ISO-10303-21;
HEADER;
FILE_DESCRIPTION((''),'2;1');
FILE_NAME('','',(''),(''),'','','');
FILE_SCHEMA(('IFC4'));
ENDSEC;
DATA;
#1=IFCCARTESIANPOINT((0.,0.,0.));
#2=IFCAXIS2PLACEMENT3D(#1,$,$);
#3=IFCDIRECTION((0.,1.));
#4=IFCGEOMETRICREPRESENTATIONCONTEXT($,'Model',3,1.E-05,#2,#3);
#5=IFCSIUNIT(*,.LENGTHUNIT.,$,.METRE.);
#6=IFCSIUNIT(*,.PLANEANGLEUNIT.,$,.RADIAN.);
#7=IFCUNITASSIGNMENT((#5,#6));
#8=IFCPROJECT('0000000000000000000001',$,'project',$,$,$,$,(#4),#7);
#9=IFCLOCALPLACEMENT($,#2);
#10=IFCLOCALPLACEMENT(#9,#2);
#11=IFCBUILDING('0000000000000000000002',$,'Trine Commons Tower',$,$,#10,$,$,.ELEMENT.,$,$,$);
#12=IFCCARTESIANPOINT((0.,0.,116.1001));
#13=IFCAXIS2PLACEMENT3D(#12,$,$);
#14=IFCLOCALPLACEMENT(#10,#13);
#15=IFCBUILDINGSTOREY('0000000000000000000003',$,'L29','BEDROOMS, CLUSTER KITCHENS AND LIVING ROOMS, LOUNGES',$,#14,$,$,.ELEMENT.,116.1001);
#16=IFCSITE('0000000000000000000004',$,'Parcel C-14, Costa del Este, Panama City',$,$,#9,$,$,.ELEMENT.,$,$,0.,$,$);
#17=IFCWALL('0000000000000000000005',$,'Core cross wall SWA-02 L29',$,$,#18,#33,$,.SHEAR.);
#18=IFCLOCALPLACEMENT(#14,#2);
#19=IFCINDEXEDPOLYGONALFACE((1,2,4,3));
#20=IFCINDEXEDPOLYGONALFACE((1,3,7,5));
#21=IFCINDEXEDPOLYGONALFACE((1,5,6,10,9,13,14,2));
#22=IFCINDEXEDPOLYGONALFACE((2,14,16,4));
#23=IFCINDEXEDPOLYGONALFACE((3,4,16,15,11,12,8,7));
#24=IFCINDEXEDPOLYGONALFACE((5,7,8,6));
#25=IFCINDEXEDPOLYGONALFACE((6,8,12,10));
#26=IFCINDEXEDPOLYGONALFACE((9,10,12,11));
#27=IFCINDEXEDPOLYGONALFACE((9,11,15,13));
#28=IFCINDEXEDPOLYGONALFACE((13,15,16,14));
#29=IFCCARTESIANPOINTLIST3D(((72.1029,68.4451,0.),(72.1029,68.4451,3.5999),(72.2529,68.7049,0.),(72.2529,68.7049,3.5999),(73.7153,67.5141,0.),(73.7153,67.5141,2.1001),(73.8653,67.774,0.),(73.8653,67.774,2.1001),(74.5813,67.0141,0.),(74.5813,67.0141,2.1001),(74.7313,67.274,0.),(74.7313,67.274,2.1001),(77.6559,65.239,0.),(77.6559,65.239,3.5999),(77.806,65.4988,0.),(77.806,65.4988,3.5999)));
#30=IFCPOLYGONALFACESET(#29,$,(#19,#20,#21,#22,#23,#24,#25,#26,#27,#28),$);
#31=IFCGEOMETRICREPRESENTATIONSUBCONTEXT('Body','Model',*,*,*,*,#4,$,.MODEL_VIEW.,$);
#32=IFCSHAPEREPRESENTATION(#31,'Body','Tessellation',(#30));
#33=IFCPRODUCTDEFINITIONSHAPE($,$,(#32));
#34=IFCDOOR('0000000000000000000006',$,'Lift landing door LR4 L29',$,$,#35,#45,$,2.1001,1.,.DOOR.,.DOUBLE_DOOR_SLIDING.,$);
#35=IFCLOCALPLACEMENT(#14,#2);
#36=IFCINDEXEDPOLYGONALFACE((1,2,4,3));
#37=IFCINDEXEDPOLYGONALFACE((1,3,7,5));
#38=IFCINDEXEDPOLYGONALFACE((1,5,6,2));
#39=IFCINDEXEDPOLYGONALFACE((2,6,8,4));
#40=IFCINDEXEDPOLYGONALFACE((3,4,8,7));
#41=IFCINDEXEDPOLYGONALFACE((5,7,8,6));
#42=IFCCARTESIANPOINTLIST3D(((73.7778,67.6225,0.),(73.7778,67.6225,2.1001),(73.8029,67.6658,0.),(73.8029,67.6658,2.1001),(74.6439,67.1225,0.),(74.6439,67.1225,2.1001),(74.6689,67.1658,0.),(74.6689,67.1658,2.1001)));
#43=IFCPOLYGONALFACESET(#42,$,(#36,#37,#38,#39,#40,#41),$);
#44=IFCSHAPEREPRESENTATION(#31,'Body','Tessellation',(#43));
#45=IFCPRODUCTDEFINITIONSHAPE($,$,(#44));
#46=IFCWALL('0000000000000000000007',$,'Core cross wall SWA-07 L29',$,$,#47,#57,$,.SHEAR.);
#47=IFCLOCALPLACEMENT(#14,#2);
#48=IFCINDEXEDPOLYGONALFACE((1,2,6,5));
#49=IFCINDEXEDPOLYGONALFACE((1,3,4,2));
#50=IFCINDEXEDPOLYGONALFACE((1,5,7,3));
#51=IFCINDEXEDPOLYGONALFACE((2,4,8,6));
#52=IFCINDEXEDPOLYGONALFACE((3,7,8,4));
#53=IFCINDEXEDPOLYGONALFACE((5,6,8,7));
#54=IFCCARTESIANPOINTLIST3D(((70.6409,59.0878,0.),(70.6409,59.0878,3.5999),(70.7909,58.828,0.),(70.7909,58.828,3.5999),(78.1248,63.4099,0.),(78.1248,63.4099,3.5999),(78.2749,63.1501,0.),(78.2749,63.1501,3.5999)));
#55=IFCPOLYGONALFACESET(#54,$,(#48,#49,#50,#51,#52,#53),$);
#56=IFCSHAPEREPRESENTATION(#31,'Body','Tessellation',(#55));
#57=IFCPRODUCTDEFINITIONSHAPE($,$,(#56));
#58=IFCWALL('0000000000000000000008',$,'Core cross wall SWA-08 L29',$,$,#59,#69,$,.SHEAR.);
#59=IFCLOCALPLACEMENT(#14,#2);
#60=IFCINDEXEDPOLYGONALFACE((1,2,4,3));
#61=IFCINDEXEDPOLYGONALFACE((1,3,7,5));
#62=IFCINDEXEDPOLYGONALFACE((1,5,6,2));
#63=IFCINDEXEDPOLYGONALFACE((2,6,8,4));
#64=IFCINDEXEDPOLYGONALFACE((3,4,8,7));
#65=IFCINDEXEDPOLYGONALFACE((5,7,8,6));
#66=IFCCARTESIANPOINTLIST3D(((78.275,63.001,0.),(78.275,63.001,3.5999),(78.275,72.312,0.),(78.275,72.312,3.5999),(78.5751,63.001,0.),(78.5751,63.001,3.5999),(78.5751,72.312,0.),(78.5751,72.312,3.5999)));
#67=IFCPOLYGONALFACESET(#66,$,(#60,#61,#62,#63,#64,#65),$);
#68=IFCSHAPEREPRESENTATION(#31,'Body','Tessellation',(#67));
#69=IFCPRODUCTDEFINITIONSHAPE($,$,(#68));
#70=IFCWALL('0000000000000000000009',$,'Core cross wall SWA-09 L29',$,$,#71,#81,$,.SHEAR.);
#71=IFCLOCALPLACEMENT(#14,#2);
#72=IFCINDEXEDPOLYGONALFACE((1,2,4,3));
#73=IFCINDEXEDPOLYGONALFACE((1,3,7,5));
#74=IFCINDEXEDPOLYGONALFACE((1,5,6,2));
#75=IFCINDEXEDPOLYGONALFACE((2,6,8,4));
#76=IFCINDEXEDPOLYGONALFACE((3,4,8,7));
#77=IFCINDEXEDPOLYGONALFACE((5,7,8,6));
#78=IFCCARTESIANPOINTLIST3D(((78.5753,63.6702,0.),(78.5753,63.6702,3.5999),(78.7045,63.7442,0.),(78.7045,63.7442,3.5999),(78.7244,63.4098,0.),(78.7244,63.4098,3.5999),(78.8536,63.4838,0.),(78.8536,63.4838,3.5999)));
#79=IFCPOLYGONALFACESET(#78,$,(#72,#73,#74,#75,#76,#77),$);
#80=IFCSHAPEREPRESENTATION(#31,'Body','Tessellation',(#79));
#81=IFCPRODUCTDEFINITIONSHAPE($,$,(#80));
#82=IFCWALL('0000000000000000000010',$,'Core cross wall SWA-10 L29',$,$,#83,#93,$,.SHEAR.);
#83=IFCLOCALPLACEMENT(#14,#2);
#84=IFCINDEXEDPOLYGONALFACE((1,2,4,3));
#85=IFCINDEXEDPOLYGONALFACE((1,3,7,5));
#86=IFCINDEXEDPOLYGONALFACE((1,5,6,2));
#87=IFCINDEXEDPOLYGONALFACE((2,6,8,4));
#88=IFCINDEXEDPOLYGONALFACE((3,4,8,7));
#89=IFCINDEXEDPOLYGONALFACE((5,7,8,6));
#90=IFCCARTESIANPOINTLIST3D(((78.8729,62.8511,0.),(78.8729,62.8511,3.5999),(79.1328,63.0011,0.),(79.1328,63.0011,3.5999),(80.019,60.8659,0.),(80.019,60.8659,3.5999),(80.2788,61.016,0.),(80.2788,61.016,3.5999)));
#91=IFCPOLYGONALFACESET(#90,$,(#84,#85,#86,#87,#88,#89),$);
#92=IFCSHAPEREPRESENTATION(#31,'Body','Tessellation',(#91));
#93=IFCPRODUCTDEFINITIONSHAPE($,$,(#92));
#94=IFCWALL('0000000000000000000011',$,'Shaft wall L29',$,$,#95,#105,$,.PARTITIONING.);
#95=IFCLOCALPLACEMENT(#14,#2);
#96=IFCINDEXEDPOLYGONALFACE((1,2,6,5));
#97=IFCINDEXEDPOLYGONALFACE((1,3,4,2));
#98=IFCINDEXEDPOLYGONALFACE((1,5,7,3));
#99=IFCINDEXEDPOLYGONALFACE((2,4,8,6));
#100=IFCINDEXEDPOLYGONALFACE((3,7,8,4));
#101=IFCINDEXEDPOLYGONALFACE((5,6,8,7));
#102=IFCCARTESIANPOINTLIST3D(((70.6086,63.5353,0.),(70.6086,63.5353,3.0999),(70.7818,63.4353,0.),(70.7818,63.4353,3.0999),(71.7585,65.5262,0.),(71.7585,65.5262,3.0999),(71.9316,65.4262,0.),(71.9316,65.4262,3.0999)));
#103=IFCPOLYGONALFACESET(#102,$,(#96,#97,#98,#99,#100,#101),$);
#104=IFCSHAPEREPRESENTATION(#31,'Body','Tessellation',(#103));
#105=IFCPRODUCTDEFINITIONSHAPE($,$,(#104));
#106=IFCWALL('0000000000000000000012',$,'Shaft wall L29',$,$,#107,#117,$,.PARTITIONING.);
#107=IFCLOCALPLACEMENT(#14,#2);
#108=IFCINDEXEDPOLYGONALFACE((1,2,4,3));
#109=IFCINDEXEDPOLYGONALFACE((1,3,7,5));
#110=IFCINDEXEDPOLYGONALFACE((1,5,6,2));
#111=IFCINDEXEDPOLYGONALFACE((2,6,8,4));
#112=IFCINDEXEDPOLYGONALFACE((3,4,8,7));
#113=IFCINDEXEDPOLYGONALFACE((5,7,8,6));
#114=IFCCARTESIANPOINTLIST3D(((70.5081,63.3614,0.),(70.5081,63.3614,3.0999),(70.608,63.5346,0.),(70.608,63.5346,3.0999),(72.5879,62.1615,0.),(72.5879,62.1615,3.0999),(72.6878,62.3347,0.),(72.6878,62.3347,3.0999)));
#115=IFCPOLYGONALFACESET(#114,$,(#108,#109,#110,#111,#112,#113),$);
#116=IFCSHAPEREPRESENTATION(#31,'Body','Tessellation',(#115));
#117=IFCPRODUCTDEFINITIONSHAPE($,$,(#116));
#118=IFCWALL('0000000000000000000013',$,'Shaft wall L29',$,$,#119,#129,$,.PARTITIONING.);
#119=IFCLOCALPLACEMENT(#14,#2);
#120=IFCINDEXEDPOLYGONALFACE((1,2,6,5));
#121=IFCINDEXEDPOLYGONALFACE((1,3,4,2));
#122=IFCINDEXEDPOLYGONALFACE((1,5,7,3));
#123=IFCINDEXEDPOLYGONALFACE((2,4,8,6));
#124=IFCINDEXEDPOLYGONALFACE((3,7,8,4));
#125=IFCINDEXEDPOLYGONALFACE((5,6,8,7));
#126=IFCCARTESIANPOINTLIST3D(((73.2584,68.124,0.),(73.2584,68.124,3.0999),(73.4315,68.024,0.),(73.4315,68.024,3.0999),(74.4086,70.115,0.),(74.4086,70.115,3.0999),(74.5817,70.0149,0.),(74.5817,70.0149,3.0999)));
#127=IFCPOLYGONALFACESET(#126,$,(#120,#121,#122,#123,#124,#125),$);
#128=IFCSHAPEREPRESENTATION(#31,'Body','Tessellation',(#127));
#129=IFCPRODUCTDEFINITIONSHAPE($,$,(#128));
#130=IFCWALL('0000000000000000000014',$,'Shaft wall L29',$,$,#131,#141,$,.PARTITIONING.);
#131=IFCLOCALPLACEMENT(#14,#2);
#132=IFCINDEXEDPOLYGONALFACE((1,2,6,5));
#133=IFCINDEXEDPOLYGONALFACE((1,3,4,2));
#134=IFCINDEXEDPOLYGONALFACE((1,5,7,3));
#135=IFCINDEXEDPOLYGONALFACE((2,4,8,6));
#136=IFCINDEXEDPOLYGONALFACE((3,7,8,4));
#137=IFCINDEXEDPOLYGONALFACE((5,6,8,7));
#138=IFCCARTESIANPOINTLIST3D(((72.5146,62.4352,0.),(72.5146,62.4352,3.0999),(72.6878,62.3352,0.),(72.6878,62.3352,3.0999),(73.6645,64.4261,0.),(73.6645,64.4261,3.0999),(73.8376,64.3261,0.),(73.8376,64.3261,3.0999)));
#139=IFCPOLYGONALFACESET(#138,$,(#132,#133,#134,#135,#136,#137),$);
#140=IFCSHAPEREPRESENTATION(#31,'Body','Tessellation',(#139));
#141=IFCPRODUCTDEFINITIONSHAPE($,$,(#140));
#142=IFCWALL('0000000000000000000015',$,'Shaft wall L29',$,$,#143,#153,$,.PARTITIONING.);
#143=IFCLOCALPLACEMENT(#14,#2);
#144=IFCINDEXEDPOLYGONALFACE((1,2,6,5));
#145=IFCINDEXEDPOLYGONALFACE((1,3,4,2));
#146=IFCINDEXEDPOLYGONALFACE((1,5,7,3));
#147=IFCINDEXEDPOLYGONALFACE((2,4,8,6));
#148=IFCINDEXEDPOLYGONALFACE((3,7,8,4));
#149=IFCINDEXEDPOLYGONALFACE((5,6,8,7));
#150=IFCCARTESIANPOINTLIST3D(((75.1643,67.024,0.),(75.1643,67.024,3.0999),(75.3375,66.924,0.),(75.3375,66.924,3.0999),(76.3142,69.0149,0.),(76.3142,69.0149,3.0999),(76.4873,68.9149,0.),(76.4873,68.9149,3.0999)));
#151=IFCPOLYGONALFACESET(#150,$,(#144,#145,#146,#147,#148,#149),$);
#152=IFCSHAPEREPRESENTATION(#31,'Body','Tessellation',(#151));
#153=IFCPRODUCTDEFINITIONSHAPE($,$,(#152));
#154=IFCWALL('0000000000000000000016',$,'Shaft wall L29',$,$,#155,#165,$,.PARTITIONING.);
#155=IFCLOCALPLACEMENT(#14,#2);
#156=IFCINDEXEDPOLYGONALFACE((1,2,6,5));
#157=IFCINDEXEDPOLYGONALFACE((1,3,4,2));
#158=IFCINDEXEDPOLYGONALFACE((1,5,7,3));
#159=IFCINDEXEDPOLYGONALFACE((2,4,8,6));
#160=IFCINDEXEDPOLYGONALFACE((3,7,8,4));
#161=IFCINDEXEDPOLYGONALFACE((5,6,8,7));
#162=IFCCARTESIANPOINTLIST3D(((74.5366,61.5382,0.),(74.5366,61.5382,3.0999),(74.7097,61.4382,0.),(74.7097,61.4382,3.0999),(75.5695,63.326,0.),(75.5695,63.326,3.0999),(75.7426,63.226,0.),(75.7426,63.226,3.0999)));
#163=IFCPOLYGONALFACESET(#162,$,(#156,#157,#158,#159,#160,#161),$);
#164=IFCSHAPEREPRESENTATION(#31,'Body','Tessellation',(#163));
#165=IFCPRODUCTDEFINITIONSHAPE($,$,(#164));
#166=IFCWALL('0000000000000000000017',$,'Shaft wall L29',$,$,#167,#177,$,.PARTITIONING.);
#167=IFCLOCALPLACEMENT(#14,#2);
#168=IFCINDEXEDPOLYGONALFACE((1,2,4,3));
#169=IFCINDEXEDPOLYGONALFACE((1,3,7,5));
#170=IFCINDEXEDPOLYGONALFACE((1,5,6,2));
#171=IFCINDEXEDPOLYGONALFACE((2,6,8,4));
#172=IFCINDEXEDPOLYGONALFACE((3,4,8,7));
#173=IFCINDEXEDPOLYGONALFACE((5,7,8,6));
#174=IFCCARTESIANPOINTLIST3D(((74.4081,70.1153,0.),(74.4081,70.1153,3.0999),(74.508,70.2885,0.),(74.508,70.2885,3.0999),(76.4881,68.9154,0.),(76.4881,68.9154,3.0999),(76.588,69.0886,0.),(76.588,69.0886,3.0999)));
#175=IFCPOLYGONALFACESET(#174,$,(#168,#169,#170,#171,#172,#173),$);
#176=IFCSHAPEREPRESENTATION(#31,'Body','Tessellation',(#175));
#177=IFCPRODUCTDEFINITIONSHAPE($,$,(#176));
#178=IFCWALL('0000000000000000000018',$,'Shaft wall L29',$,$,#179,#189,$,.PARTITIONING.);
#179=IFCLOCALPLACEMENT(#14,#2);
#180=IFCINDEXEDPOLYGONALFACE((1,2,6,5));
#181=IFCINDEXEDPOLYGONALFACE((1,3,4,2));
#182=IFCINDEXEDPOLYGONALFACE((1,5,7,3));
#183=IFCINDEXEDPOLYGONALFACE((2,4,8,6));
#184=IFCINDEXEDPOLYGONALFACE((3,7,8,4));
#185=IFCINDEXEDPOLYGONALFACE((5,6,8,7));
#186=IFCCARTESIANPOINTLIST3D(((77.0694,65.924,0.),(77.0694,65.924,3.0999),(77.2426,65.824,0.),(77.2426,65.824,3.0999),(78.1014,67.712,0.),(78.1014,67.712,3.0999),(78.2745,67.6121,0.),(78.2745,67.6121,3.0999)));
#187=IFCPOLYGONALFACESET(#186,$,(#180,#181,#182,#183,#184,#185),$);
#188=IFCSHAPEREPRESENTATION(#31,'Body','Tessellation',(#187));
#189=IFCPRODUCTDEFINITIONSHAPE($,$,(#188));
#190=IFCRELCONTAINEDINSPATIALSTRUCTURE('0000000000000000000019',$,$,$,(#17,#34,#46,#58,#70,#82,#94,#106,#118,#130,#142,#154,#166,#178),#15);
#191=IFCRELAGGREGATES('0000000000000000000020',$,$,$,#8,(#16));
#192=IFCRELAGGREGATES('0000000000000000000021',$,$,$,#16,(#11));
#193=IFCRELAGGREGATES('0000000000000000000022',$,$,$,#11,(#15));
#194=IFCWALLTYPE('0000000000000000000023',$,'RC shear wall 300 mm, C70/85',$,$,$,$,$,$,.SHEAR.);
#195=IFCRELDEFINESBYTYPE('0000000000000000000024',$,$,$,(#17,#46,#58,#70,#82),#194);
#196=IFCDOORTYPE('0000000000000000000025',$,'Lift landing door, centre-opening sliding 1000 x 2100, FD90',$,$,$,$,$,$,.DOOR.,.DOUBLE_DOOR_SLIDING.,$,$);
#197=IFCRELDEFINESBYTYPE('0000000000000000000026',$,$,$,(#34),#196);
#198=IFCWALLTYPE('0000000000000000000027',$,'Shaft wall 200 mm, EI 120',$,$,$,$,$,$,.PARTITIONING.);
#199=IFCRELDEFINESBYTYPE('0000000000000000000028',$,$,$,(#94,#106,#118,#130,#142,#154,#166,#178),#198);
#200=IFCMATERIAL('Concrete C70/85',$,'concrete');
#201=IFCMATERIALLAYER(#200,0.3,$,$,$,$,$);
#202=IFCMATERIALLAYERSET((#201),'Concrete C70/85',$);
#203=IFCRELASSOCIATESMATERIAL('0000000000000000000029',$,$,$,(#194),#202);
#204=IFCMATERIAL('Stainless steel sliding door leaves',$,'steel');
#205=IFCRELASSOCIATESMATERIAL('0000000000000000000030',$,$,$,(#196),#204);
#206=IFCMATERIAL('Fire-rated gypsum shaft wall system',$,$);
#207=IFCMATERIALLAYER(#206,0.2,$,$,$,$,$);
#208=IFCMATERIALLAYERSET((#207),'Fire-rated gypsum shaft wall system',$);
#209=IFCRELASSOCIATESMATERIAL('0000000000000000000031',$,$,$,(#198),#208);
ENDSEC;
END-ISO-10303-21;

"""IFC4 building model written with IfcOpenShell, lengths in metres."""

from ifc_helpers import new_model, si_unit, direction, frame, frame_2d, origin, place, context, subcontext, project, spatial, rectangle, extrude, material, layer, layer_set, type_object, element, fill, save


model = new_model("IFC4")

# Units and contexts
model_context = context("Model", 3, precision=1e-05, world=origin(), true_north=direction((0.0, 1.0)))
body_context = subcontext(model_context, "Body", "Model", "MODEL_VIEW")
ifc_project = project(units=[si_unit("LENGTHUNIT", "METRE"), si_unit("PLANEANGLEUNIT", "RADIAN")], contexts=[model_context])

# Site, building, storey
site_placement = place(None, origin())
site = spatial("IfcSite", under=ifc_project, at=site_placement, Name="Parcel C-14, Costa del Este, Panama City", CompositionType="ELEMENT", RefElevation=0.0)
building_placement = place(site_placement, origin())
building = spatial("IfcBuilding", under=site, at=building_placement, Name="Trine Commons Tower", CompositionType="ELEMENT")
storey_placement = place(building_placement, frame((0.0, 0.0, 116.1001)))
storey = spatial("IfcBuildingStorey", under=building, at=storey_placement, Name="L29", Description="BEDROOMS, CLUSTER KITCHENS AND LIVING ROOMS, LOUNGES", CompositionType="ELEMENT", Elevation=116.1001)

# Wall, opening, door
ifc_material_1 = material(Name="Fire-rated gypsum shaft wall system")
ifc_material_2 = material(Name="Concrete C70/85", Category="concrete")
ifc_layer_1 = layer(ifc_material_2, 0.3)
ifc_layer_set_1 = layer_set([ifc_layer_1], Name="Concrete C70/85")
wall_type_1 = type_object("IfcWallType", Name="RC shear wall 300 mm, C70/85", PredefinedType="SHEAR", material=ifc_layer_set_1)
ifc_material_3 = material(Name="Stainless steel sliding door leaves", Category="steel")
door_type_1 = type_object("IfcDoorType", Name="Lift landing door, centre-opening sliding 1000 x 2100, FD90", OperationType="DOUBLE_DOOR_SLIDING", PredefinedType="DOOR", material=ifc_material_3)
wall_1_placement = place(storey_placement, frame((77.731, 65.3689, 0.0), z_axis=(0.0, 0.0, 1.0), x_axis=(-0.866023, 0.500005, 0.0)))
wall_1 = element("IfcWall", 1, at=wall_1_placement, inside=storey, type_object=wall_type_1, Name="Core cross wall SWA-02 L29", PredefinedType="SHEAR", context=body_context, shape_type="SweptSolid", body=[
    extrude(rectangle(XDim=6.4121, YDim=0.3, at=frame_2d((3.2061, 0.0))), origin(), (0.0, 0.0, 1.0), 3.5999),
])
opening_1_placement = place(wall_1_placement, frame((3.5503, 0.0, 0.0)))
opening_1 = element("IfcOpeningElement", 2, at=opening_1_placement, cuts=wall_1, PredefinedType="OPENING", context=body_context, shape_type="SweptSolid", body=[
    extrude(rectangle(XDim=1.0, YDim=2.1001, at=frame_2d((0.5, 1.05))), frame((0.0, 0.1599, 0.0), z_axis=(0.0, -1.0, 0.0), x_axis=(1.0, 0.0, 0.0)), (0.0, 0.0, 1.0), 0.3201),
])
door_1_placement = place(opening_1_placement, origin())
door_1 = element("IfcDoor", 3, at=door_1_placement, inside=storey, type_object=door_type_1, Name="Lift landing door LR4 L29", OperationType="DOUBLE_DOOR_SLIDING", OverallHeight=2.1001, OverallWidth=1.0, PredefinedType="DOOR", context=body_context, shape_type="SweptSolid", body=[
    extrude(rectangle(XDim=1.0, YDim=2.1001, at=frame_2d((0.5, 1.05))), frame((0.0, 0.0249, 0.0), z_axis=(0.0, -1.0, 0.0), x_axis=(1.0, 0.0, 0.0)), (0.0, 0.0, 1.0), 0.05),
])
fill(opening_1, door_1)

# Walls
wall_2_placement = place(storey_placement, frame((78.2, 63.28, 0.0), z_axis=(0.0, 0.0, 1.0), x_axis=(-0.865965, -0.500104, 0.0)))
element("IfcWall", 4, at=wall_2_placement, inside=storey, type_object=wall_type_1, Name="Core cross wall SWA-07 L29", PredefinedType="SHEAR", context=body_context, shape_type="SweptSolid", body=[
    extrude(rectangle(XDim=8.6423, YDim=0.3, at=frame_2d((4.3213, 0.0))), origin(), (0.0, 0.0, 1.0), 3.5999),
])
wall_3_placement = place(storey_placement, frame((78.425, 63.001, 0.0), z_axis=(0.0, 0.0, 1.0), x_axis=(0.0, 1.0, 0.0)))
element("IfcWall", 5, at=wall_3_placement, inside=storey, type_object=wall_type_1, Name="Core cross wall SWA-08 L29", PredefinedType="SHEAR", context=body_context, shape_type="SweptSolid", body=[
    extrude(rectangle(XDim=9.311, YDim=0.3, at=frame_2d((4.6555, 0.0))), origin(), (0.0, 0.0, 1.0), 3.5999),
])
wall_4_placement = place(storey_placement, frame((78.7791, 63.614, 0.0), z_axis=(0.0, 0.0, 1.0), x_axis=(-0.867738, -0.497022, 0.0)))
element("IfcWall", 6, at=wall_4_placement, inside=storey, type_object=wall_type_1, Name="Core cross wall SWA-09 L29", PredefinedType="SHEAR", context=body_context, shape_type="SweptSolid", body=[
    extrude(rectangle(XDim=0.1489, YDim=0.3, at=frame_2d((0.0745, 0.0))), origin(), (0.0, 0.0, 1.0), 3.5999),
])
wall_5_placement = place(storey_placement, frame((79.0029, 62.926, 0.0), z_axis=(0.0, 0.0, 1.0), x_axis=(0.499965, -0.866045, 0.0)))
element("IfcWall", 7, at=wall_5_placement, inside=storey, type_object=wall_type_1, Name="Core cross wall SWA-10 L29", PredefinedType="SHEAR", context=body_context, shape_type="SweptSolid", body=[
    extrude(rectangle(XDim=2.2922, YDim=0.3, at=frame_2d((1.146, 0.0))), origin(), (0.0, 0.0, 1.0), 3.5999),
])
ifc_layer_2 = layer(ifc_material_1, 0.2)
ifc_layer_set_2 = layer_set([ifc_layer_2], Name="Fire-rated gypsum shaft wall system")
wall_type_2 = type_object("IfcWallType", Name="Shaft wall 200 mm, EI 120", PredefinedType="PARTITIONING", material=ifc_layer_set_2)
wall_6_placement = place(storey_placement, frame((71.845, 65.4761, 0.0), z_axis=(0.0, 0.0, 1.0), x_axis=(-0.500136, -0.865947, 0.0)))
element("IfcWall", 8, at=wall_6_placement, inside=storey, type_object=wall_type_2, Name="Shaft wall L29", PredefinedType="PARTITIONING", context=body_context, shape_type="SweptSolid", body=[
    extrude(rectangle(XDim=2.2991, YDim=0.2, at=frame_2d((1.1494, 0.0))), origin(), (0.0, 0.0, 1.0), 3.0999),
])
wall_7_placement = place(storey_placement, frame((72.6379, 62.248, 0.0), z_axis=(0.0, 0.0, 1.0), x_axis=(-0.866177, 0.499737, 0.0)))
element("IfcWall", 9, at=wall_7_placement, inside=storey, type_object=wall_type_2, Name="Shaft wall L29", PredefinedType="PARTITIONING", context=body_context, shape_type="SweptSolid", body=[
    extrude(rectangle(XDim=2.4011, YDim=0.2, at=frame_2d((1.2007, 0.0))), origin(), (0.0, 0.0, 1.0), 3.0999),
])
wall_8_placement = place(storey_placement, frame((73.345, 68.074, 0.0), z_axis=(0.0, 0.0, 1.0), x_axis=(0.500216, 0.865901, 0.0)))
element("IfcWall", 10, at=wall_8_placement, inside=storey, type_object=wall_type_2, Name="Shaft wall L29", PredefinedType="PARTITIONING", context=body_context, shape_type="SweptSolid", body=[
    extrude(rectangle(XDim=2.2993, YDim=0.2, at=frame_2d((1.1497, 0.0))), origin(), (0.0, 0.0, 1.0), 3.0999),
])
for number, where, z_axis, x_axis, name in (
    (11, (73.751, 64.376, 0.0), (0.0, 0.0, 1.0), (-0.500136, -0.865947, 0.0), "Shaft wall L29"),
    (12, (75.251, 66.9741, 0.0), (0.0, 0.0, 1.0), (0.500136, 0.865947, 0.0), "Shaft wall L29"),
):
    element("IfcWall", number, at=place(storey_placement, frame(where, z_axis=z_axis, x_axis=x_axis)), inside=storey, type_object=wall_type_2, Name=name, PredefinedType="PARTITIONING", context=body_context, shape_type="SweptSolid", body=[
        extrude(rectangle(XDim=2.2991, YDim=0.2, at=frame_2d((1.1494, 0.0))), origin(), (0.0, 0.0, 1.0), 3.0999),
    ])
wall_9_placement = place(storey_placement, frame((75.656, 63.2759, 0.0), z_axis=(0.0, 0.0, 1.0), x_axis=(-0.500272, -0.865868, 0.0)))
element("IfcWall", 13, at=wall_9_placement, inside=storey, type_object=wall_type_2, Name="Shaft wall L29", PredefinedType="PARTITIONING", context=body_context, shape_type="SweptSolid", body=[
    extrude(rectangle(XDim=2.0647, YDim=0.2, at=frame_2d((1.0322, 0.0))), origin(), (0.0, 0.0, 1.0), 3.0999),
])
wall_10_placement = place(storey_placement, frame((76.5381, 69.002, 0.0), z_axis=(0.0, 0.0, 1.0), x_axis=(-0.866203, 0.499693, 0.0)))
element("IfcWall", 14, at=wall_10_placement, inside=storey, type_object=wall_type_2, Name="Shaft wall L29", PredefinedType="PARTITIONING", context=body_context, shape_type="SweptSolid", body=[
    extrude(rectangle(XDim=2.4014, YDim=0.2, at=frame_2d((1.2007, 0.0))), origin(), (0.0, 0.0, 1.0), 3.0999),
])
wall_11_placement = place(storey_placement, frame((77.156, 65.874, 0.0), z_axis=(0.0, 0.0, 1.0), x_axis=(0.499866, 0.866103, 0.0)))
element("IfcWall", 15, at=wall_11_placement, inside=storey, type_object=wall_type_2, Name="Shaft wall L29", PredefinedType="PARTITIONING", context=body_context, shape_type="SweptSolid", body=[
    extrude(rectangle(XDim=2.0645, YDim=0.2, at=frame_2d((1.0322, 0.0))), origin(), (0.0, 0.0, 1.0), 3.0999),
])

save(model, "model.ifc")
